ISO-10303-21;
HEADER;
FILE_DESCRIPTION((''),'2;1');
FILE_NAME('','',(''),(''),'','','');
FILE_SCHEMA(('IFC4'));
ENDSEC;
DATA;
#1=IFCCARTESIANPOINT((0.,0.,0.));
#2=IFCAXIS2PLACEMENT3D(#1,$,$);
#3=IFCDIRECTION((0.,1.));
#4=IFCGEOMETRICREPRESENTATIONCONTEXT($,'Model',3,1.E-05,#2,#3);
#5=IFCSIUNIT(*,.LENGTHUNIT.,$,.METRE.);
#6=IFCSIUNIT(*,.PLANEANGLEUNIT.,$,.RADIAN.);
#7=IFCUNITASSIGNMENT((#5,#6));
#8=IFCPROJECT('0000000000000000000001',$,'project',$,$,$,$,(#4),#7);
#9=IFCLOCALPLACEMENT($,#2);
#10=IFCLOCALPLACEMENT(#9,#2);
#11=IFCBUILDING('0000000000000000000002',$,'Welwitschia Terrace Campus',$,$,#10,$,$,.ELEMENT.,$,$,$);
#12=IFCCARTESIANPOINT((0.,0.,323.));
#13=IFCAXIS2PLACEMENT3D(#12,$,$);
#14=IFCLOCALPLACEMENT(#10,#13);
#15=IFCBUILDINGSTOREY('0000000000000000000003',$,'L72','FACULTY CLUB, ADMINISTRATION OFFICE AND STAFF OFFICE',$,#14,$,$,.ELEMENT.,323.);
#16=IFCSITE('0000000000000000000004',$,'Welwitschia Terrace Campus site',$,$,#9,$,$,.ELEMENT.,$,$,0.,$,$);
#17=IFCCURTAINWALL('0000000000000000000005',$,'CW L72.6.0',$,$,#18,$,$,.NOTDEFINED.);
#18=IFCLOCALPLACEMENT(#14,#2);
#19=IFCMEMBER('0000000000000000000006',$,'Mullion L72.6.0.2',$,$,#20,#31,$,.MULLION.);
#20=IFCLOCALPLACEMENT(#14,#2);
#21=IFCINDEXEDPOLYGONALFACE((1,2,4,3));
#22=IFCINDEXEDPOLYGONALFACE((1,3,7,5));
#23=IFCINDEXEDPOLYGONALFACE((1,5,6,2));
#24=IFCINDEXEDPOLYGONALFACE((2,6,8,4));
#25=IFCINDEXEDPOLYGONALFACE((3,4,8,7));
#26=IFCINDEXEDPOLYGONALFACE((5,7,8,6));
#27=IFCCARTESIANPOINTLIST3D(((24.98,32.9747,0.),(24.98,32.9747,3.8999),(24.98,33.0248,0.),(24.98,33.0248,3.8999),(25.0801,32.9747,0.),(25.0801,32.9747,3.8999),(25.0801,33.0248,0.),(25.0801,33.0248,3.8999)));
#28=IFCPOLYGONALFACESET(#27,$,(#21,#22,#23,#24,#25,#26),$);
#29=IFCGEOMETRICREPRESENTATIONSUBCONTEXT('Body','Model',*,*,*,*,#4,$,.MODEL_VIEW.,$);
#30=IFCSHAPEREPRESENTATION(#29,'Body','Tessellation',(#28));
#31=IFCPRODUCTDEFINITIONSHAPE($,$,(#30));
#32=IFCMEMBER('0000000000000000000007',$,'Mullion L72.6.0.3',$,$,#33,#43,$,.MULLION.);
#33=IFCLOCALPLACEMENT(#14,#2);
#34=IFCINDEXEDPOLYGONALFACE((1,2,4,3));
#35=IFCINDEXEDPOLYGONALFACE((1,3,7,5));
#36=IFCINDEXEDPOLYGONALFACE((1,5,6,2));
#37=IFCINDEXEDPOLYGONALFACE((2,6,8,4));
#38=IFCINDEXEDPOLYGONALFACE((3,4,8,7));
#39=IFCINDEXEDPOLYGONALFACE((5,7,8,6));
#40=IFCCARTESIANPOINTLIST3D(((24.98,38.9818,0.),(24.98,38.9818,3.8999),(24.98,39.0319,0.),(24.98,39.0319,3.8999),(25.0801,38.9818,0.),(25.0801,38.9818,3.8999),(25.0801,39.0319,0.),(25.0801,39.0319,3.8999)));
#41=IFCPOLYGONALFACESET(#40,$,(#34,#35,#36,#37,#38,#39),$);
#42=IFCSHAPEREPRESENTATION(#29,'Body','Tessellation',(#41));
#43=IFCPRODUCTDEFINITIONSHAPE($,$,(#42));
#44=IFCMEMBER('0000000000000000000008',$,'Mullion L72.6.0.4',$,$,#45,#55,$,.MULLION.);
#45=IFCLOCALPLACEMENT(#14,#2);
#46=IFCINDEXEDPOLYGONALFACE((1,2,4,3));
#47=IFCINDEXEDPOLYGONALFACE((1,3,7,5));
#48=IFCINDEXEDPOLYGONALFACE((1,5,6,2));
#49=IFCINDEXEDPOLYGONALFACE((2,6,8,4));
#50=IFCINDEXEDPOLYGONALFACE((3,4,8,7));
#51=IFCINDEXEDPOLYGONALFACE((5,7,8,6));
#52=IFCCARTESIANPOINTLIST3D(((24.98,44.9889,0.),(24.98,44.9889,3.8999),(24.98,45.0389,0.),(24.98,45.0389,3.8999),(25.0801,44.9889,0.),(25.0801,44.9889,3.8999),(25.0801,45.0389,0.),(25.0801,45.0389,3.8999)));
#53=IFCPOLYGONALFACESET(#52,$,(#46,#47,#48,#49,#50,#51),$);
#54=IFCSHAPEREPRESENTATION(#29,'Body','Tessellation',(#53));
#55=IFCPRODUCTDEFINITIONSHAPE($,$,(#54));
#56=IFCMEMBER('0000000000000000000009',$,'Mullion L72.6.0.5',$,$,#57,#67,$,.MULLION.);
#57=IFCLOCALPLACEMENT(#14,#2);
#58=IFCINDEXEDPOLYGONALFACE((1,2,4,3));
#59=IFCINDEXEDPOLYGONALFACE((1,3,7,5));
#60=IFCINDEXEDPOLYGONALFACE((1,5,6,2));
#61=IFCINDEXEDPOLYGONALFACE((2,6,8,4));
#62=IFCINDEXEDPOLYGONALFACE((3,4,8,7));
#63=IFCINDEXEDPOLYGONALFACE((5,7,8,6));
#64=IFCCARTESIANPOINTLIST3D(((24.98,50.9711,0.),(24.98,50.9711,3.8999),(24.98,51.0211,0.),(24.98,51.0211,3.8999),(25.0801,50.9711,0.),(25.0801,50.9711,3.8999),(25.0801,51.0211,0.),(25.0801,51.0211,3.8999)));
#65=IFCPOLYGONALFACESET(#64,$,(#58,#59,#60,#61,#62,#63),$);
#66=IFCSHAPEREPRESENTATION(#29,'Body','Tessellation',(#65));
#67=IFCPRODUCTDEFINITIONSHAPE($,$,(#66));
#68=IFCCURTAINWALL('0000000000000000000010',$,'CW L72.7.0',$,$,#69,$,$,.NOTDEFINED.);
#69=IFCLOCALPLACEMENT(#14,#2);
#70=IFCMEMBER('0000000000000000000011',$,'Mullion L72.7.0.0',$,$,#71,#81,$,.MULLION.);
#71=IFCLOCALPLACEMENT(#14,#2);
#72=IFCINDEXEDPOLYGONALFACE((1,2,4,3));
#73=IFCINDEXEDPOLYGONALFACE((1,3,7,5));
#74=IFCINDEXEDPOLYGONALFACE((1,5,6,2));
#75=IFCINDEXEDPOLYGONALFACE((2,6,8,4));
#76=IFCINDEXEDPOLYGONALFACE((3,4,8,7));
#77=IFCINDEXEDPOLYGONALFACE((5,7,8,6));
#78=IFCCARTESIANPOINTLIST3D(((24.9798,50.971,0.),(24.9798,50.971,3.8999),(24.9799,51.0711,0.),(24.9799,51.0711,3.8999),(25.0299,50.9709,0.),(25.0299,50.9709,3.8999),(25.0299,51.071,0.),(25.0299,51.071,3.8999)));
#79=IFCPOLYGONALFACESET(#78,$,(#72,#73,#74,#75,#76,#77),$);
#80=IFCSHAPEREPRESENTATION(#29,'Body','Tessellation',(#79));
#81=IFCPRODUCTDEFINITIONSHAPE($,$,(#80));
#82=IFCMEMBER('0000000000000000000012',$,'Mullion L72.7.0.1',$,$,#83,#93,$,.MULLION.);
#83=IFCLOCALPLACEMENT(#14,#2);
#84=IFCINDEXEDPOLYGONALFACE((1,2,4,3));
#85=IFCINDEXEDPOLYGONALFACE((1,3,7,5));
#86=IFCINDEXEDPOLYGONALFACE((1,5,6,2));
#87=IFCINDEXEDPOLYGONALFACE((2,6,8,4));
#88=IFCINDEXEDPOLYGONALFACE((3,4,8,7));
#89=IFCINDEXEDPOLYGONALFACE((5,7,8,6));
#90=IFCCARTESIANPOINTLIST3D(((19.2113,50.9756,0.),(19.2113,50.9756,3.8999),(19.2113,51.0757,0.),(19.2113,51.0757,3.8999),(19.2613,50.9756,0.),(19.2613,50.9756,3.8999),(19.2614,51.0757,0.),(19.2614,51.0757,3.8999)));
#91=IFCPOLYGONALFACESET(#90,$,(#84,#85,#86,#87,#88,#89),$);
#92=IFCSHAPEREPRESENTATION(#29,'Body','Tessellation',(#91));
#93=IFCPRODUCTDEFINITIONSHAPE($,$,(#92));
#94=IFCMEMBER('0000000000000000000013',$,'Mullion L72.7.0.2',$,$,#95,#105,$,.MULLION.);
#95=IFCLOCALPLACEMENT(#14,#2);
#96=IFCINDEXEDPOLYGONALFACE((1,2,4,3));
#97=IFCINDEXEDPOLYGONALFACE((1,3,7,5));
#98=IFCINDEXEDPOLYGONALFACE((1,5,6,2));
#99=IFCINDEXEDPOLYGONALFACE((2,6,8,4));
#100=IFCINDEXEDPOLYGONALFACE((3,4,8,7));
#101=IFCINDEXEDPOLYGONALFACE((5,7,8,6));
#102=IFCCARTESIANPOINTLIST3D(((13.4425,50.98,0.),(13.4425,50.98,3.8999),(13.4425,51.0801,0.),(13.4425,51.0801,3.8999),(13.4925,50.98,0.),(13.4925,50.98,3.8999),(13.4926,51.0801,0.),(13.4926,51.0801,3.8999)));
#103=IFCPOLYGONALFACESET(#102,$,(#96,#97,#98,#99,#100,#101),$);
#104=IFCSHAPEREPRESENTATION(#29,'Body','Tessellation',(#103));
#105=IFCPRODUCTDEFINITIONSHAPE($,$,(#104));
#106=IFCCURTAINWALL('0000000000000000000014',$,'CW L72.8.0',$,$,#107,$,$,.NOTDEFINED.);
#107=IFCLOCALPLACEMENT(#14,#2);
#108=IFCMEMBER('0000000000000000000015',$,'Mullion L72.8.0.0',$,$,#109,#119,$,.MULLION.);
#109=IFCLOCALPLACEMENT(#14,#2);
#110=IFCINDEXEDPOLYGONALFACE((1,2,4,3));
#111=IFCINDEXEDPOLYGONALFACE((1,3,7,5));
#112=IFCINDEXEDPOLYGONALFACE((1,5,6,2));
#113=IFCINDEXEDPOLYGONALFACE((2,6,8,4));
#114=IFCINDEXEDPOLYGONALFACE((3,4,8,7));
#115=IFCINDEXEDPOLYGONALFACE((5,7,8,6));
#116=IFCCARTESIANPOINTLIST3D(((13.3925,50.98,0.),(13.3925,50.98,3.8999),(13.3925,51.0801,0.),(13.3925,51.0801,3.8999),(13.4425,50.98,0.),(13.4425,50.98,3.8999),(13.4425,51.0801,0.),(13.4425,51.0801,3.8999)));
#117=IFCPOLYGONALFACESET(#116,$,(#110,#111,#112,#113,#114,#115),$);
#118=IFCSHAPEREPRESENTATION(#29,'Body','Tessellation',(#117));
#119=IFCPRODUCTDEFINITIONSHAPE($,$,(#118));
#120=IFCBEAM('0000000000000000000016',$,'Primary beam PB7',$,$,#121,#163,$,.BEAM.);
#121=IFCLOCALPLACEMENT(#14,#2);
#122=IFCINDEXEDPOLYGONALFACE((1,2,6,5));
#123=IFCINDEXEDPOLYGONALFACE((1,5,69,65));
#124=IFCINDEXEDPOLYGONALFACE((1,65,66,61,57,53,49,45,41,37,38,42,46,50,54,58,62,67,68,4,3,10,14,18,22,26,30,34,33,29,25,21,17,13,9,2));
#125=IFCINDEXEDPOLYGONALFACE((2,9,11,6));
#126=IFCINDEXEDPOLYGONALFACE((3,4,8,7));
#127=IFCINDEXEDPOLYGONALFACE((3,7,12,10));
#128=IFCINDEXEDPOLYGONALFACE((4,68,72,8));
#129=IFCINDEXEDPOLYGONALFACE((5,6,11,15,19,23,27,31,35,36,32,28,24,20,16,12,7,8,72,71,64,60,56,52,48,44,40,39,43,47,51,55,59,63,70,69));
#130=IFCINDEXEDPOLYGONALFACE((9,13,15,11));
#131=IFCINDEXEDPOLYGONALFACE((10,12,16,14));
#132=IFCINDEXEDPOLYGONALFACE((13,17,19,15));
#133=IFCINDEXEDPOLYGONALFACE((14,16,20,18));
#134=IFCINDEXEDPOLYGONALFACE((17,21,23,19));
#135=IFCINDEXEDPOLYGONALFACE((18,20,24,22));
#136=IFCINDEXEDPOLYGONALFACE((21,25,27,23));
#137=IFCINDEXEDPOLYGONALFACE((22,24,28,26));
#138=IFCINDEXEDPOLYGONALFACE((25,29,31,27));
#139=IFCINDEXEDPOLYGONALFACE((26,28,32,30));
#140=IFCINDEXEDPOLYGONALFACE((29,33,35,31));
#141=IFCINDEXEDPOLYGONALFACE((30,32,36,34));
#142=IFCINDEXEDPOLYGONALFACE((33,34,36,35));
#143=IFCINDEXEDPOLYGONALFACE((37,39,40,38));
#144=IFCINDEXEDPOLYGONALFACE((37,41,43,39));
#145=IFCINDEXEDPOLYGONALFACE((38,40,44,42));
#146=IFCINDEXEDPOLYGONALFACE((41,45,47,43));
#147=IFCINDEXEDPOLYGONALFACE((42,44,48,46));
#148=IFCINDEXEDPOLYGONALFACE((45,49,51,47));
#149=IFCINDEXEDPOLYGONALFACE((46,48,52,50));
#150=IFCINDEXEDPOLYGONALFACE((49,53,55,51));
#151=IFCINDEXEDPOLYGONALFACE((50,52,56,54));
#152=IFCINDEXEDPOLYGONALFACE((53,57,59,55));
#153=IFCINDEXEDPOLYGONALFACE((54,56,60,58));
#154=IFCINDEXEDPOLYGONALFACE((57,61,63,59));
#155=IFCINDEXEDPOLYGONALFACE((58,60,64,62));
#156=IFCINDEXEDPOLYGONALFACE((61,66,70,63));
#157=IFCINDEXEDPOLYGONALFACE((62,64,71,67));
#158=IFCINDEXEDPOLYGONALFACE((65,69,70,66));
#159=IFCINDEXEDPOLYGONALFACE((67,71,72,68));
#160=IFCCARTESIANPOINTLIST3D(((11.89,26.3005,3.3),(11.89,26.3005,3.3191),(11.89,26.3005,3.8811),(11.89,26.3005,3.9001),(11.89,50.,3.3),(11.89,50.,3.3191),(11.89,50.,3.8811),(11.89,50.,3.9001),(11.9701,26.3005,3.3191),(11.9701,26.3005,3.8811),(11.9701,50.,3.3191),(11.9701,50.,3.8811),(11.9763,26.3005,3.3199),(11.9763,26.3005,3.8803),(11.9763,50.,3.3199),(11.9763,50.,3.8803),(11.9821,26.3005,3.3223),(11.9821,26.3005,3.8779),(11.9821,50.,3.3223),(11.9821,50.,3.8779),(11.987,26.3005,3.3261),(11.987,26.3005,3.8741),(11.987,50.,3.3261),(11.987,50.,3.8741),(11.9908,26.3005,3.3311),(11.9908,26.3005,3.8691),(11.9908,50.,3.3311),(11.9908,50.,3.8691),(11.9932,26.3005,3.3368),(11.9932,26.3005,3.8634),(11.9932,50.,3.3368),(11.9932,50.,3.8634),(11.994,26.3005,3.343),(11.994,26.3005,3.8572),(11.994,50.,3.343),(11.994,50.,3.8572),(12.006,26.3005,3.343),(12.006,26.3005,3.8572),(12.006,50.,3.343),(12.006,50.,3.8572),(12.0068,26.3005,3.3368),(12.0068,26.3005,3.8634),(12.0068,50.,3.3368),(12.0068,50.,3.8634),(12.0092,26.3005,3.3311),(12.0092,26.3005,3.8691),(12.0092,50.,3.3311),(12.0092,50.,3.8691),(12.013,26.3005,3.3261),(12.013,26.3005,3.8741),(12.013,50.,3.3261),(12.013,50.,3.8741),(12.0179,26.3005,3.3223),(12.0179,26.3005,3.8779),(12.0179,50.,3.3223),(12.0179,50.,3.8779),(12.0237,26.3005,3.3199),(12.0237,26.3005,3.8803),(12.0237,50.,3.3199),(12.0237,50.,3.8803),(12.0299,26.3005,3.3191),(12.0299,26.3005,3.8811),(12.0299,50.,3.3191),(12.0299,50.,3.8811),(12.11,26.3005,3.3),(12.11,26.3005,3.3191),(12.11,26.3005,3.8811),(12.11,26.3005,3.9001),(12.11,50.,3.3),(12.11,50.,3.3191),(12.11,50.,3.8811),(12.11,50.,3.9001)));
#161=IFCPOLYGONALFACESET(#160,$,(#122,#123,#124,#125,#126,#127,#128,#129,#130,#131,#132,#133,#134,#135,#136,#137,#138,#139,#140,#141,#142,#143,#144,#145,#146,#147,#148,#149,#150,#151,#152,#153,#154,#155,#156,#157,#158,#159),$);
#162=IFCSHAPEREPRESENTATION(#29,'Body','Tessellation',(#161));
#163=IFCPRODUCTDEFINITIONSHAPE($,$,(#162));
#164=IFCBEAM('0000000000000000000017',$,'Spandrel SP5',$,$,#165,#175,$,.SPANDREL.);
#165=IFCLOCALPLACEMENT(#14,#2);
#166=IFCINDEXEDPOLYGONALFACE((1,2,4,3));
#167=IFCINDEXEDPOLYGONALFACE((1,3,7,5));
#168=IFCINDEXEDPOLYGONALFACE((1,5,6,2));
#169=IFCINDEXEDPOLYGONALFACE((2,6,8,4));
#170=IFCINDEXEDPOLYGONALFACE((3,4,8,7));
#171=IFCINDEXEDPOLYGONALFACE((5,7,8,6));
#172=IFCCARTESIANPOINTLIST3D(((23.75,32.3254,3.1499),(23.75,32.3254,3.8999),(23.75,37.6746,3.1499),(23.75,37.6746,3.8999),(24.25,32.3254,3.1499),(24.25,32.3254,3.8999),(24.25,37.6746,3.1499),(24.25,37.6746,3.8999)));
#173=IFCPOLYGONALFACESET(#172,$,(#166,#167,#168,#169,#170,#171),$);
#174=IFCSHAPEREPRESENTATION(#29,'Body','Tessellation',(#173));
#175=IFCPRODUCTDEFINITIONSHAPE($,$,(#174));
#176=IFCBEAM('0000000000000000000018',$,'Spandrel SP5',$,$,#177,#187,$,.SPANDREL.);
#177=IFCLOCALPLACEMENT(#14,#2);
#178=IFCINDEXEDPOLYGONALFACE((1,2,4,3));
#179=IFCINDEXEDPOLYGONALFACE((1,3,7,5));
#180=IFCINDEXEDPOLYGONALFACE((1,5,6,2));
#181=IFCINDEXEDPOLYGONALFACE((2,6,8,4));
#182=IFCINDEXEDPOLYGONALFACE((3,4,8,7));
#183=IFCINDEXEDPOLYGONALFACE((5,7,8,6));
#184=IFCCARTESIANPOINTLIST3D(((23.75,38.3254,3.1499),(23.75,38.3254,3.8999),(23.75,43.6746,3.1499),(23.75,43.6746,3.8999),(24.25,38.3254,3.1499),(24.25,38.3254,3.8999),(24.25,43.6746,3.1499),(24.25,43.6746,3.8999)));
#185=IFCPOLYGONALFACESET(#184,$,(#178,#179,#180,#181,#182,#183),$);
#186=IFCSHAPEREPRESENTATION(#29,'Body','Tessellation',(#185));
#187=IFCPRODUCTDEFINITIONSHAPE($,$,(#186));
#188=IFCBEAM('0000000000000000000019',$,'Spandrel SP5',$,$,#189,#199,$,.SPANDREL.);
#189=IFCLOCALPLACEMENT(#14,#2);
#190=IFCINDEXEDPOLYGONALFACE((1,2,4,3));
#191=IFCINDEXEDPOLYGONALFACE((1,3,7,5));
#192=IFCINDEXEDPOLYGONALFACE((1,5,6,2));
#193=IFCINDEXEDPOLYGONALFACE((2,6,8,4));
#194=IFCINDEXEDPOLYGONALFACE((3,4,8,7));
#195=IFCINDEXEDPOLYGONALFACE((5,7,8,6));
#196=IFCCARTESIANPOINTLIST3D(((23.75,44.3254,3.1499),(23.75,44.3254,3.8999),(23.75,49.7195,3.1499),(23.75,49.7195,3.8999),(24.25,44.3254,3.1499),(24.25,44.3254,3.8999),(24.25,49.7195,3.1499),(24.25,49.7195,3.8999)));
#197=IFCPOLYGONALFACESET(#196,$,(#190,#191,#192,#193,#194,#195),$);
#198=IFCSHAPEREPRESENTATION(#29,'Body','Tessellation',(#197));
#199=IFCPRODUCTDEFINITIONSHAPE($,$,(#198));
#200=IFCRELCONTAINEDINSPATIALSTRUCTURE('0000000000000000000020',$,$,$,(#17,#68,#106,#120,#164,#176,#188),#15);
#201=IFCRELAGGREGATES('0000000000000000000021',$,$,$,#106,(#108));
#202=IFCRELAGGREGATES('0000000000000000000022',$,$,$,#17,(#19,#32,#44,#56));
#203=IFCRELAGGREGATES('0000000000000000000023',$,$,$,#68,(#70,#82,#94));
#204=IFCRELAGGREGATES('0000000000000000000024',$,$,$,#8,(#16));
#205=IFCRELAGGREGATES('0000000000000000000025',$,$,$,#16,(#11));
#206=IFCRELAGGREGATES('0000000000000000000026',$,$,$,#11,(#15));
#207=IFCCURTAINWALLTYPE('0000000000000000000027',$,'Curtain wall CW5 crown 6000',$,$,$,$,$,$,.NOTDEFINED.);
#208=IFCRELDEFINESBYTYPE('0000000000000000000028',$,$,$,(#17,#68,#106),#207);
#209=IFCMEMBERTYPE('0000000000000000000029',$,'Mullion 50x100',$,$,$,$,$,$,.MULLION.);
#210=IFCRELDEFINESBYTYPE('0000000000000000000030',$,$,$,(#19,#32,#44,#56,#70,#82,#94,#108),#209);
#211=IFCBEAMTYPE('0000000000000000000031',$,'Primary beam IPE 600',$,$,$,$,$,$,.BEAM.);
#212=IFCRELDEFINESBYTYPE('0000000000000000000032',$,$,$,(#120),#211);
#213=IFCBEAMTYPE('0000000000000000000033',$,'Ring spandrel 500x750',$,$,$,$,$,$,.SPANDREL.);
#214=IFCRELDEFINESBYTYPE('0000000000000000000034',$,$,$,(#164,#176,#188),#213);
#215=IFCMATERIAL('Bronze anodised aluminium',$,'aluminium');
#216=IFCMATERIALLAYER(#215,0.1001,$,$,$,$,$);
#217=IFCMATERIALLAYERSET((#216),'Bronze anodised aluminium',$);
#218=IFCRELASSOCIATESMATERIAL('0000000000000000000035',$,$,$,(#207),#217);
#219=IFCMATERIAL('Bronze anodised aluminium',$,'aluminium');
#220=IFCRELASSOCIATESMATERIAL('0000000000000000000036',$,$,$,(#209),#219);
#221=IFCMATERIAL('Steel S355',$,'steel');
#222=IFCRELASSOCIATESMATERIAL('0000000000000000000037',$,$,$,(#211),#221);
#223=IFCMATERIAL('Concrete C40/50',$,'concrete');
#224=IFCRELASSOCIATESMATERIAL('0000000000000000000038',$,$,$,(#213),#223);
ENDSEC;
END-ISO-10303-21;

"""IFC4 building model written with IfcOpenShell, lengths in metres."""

from ifc_helpers import new_model, si_unit, direction, frame, origin, origin_2d, place, context, subcontext, project, spatial, rectangle, i_section, extrude, material, layer, layer_set, material_profile, profile_set, type_object, element, aggregate, save


model = new_model("IFC4")

# Units and contexts
model_context = context("Model", 3, precision=1e-05, world=origin(), true_north=direction((0.0, 1.0)))
body_context = subcontext(model_context, "Body", "Model", "MODEL_VIEW")
ifc_project = project(units=[si_unit("LENGTHUNIT", "METRE"), si_unit("PLANEANGLEUNIT", "RADIAN")], contexts=[model_context])

# Site, building, storey
site_placement = place(None, origin())
site = spatial("IfcSite", under=ifc_project, at=site_placement, Name="Welwitschia Terrace Campus site", CompositionType="ELEMENT", RefElevation=0.0)
building_placement = place(site_placement, origin())
building = spatial("IfcBuilding", under=site, at=building_placement, Name="Welwitschia Terrace Campus", CompositionType="ELEMENT")
storey_placement = place(building_placement, frame((0.0, 0.0, 323.0)))
storey = spatial("IfcBuildingStorey", under=building, at=storey_placement, Name="L72", Description="FACULTY CLUB, ADMINISTRATION OFFICE AND STAFF OFFICE", CompositionType="ELEMENT", Elevation=323.0)

# Curtain walls, members
ifc_material_1 = material(Name="Bronze anodised aluminium", Category="aluminium")
ifc_layer_1 = layer(ifc_material_1, 0.1001)
ifc_layer_set_1 = layer_set([ifc_layer_1], Name="Bronze anodised aluminium")
curtain_wall_type = type_object("IfcCurtainWallType", Name="Curtain wall CW5 crown 6000", PredefinedType="NOTDEFINED", material=ifc_layer_set_1)
curtain_wall_1_placement = place(storey_placement, origin())
curtain_wall_1 = element("IfcCurtainWall", 1, at=curtain_wall_1_placement, inside=storey, type_object=curtain_wall_type, Name="CW L72.6.0", PredefinedType="NOTDEFINED")
ifc_material_2 = material(Name="Bronze anodised aluminium", Category="aluminium")
ifc_material_profile_1 = material_profile(ifc_material_2, rectangle(XDim=0.1001, YDim=0.05, at=origin_2d()))
ifc_profile_set_1 = profile_set([ifc_material_profile_1], Name="Bronze anodised aluminium")
member_type_1 = type_object("IfcMemberType", Name="Mullion 50x100", PredefinedType="MULLION", material=ifc_profile_set_1)
member_1_placement = place(storey_placement, frame((25.03, 32.9998, 0.0), z_axis=(0.0, 0.0, 1.0), x_axis=(-1.0, 0.0, 0.0)))
member_1 = element("IfcMember", 2, at=member_1_placement, type_object=member_type_1, Name="Mullion L72.6.0.2", PredefinedType="MULLION", context=body_context, shape_type="SweptSolid", body=[
    extrude(rectangle(XDim=0.1001, YDim=0.05, at=origin_2d()), origin(), (0.0, 0.0, 1.0), 3.8999),
])
member_2_placement = place(storey_placement, frame((25.03, 39.0068, 0.0), z_axis=(0.0, 0.0, 1.0), x_axis=(-1.0, 0.0, 0.0)))
member_2 = element("IfcMember", 3, at=member_2_placement, type_object=member_type_1, Name="Mullion L72.6.0.3", PredefinedType="MULLION", context=body_context, shape_type="SweptSolid", body=[
    extrude(rectangle(XDim=0.1001, YDim=0.05, at=origin_2d()), origin(), (0.0, 0.0, 1.0), 3.8999),
])
member_3_placement = place(storey_placement, frame((25.03, 45.0139, 0.0), z_axis=(0.0, 0.0, 1.0), x_axis=(-1.0, 0.0, 0.0)))
member_3 = element("IfcMember", 4, at=member_3_placement, type_object=member_type_1, Name="Mullion L72.6.0.4", PredefinedType="MULLION", context=body_context, shape_type="SweptSolid", body=[
    extrude(rectangle(XDim=0.1001, YDim=0.05, at=origin_2d()), origin(), (0.0, 0.0, 1.0), 3.8999),
])
member_4_placement = place(storey_placement, frame((25.03, 50.9961, 0.0), z_axis=(0.0, 0.0, 1.0), x_axis=(-1.0, 0.0, 0.0)))
member_4 = element("IfcMember", 5, at=member_4_placement, type_object=member_type_1, Name="Mullion L72.6.0.5", PredefinedType="MULLION", context=body_context, shape_type="SweptSolid", body=[
    extrude(rectangle(XDim=0.1001, YDim=0.05, at=origin_2d()), origin(), (0.0, 0.0, 1.0), 3.8999),
])
curtain_wall_2_placement = place(storey_placement, origin())
curtain_wall_2 = element("IfcCurtainWall", 6, at=curtain_wall_2_placement, inside=storey, type_object=curtain_wall_type, Name="CW L72.7.0", PredefinedType="NOTDEFINED")
member_5_placement = place(storey_placement, frame((25.0049, 51.021, 0.0), z_axis=(0.0, 0.0, 1.0), x_axis=(-0.00077, -1.0, 0.0)))
member_5 = element("IfcMember", 7, at=member_5_placement, type_object=member_type_1, Name="Mullion L72.7.0.0", PredefinedType="MULLION", context=body_context, shape_type="SweptSolid", body=[
    extrude(rectangle(XDim=0.1001, YDim=0.05, at=origin_2d()), origin(), (0.0, 0.0, 1.0), 3.8999),
])
member_6_placement = place(storey_placement, frame((19.2363, 51.0256, 0.0), z_axis=(0.0, 0.0, 1.0), x_axis=(-0.00077, -1.0, 0.0)))
member_6 = element("IfcMember", 8, at=member_6_placement, type_object=member_type_1, Name="Mullion L72.7.0.1", PredefinedType="MULLION", context=body_context, shape_type="SweptSolid", body=[
    extrude(rectangle(XDim=0.1001, YDim=0.05, at=origin_2d()), origin(), (0.0, 0.0, 1.0), 3.8999),
])
member_7_placement = place(storey_placement, frame((13.4675, 51.03, 0.0), z_axis=(0.0, 0.0, 1.0), x_axis=(-0.00077, -1.0, 0.0)))
member_7 = element("IfcMember", 9, at=member_7_placement, type_object=member_type_1, Name="Mullion L72.7.0.2", PredefinedType="MULLION", context=body_context, shape_type="SweptSolid", body=[
    extrude(rectangle(XDim=0.1001, YDim=0.05, at=origin_2d()), origin(), (0.0, 0.0, 1.0), 3.8999),
])

# Curtain wall, member
curtain_wall_3_placement = place(storey_placement, origin())
curtain_wall_3 = element("IfcCurtainWall", 10, at=curtain_wall_3_placement, inside=storey, type_object=curtain_wall_type, Name="CW L72.8.0", PredefinedType="NOTDEFINED")
member_8_placement = place(storey_placement, frame((13.4175, 51.03, 0.0), z_axis=(0.0, 0.0, 1.0), x_axis=(0.0, -1.0, 0.0)))
member_8 = element("IfcMember", 11, at=member_8_placement, type_object=member_type_1, Name="Mullion L72.8.0.0", PredefinedType="MULLION", context=body_context, shape_type="SweptSolid", body=[
    extrude(rectangle(XDim=0.1001, YDim=0.05, at=origin_2d()), origin(), (0.0, 0.0, 1.0), 3.8999),
])

# Beams
ifc_material_3 = material(Name="Steel S355", Category="steel")
ifc_material_profile_2 = material_profile(ifc_material_3, i_section(OverallWidth=0.22, OverallDepth=0.6001, WebThickness=0.012, FlangeThickness=0.019, FilletRadius=0.0239, at=origin_2d()))
ifc_profile_set_2 = profile_set([ifc_material_profile_2], Name="Steel S355")
beam_type_1 = type_object("IfcBeamType", Name="Primary beam IPE 600", PredefinedType="BEAM", material=ifc_profile_set_2)
beam_1_placement = place(storey_placement, frame((12.0, 50.0, 3.6001), z_axis=(0.0, -1.0, 0.0), x_axis=(1.0, 0.0, 0.0)))
element("IfcBeam", 12, at=beam_1_placement, inside=storey, type_object=beam_type_1, Name="Primary beam PB7", PredefinedType="BEAM", context=body_context, shape_type="SweptSolid", body=[
    extrude(i_section(OverallWidth=0.22, OverallDepth=0.6001, WebThickness=0.012, FlangeThickness=0.019, FilletRadius=0.0239, at=origin_2d()), origin(), (0.0, 0.0, 1.0), 23.6995),
])
ifc_material_4 = material(Name="Concrete C40/50", Category="concrete")
ifc_material_profile_3 = material_profile(ifc_material_4, rectangle(XDim=0.5, YDim=0.75, at=origin_2d()))
ifc_profile_set_3 = profile_set([ifc_material_profile_3], Name="Concrete C40/50")
beam_type_2 = type_object("IfcBeamType", Name="Ring spandrel 500x750", PredefinedType="SPANDREL", material=ifc_profile_set_3)
for number, where, z_axis, x_axis, name in (
    (13, (24.0, 32.3254, 3.5249), (0.0, 1.0, 0.0), (-1.0, 0.0, 0.0), "Spandrel SP5"),
    (14, (24.0, 38.3254, 3.5249), (0.0, 1.0, 0.0), (-1.0, 0.0, 0.0), "Spandrel SP5"),
):
    element("IfcBeam", number, at=place(storey_placement, frame(where, z_axis=z_axis, x_axis=x_axis)), inside=storey, type_object=beam_type_2, Name=name, PredefinedType="SPANDREL", context=body_context, shape_type="SweptSolid", body=[
        extrude(rectangle(XDim=0.5, YDim=0.75, at=origin_2d()), origin(), (0.0, 0.0, 1.0), 5.3491),
    ])
for number, where, z_axis, x_axis, name in (
    (15, (24.0, 44.3254, 3.5249), (0.0, 1.0, 0.0), (-1.0, 0.0, 0.0), "Spandrel SP5"),
):
    element("IfcBeam", number, at=place(storey_placement, frame(where, z_axis=z_axis, x_axis=x_axis)), inside=storey, type_object=beam_type_2, Name=name, PredefinedType="SPANDREL", context=body_context, shape_type="SweptSolid", body=[
        extrude(rectangle(XDim=0.5, YDim=0.75, at=origin_2d()), origin(), (0.0, 0.0, 1.0), 5.394),
    ])

aggregate(curtain_wall_3, [member_8])

aggregate(curtain_wall_1, [member_1, member_2, member_3, member_4])
aggregate(curtain_wall_2, [member_5, member_6, member_7])

save(model, "model.ifc")
